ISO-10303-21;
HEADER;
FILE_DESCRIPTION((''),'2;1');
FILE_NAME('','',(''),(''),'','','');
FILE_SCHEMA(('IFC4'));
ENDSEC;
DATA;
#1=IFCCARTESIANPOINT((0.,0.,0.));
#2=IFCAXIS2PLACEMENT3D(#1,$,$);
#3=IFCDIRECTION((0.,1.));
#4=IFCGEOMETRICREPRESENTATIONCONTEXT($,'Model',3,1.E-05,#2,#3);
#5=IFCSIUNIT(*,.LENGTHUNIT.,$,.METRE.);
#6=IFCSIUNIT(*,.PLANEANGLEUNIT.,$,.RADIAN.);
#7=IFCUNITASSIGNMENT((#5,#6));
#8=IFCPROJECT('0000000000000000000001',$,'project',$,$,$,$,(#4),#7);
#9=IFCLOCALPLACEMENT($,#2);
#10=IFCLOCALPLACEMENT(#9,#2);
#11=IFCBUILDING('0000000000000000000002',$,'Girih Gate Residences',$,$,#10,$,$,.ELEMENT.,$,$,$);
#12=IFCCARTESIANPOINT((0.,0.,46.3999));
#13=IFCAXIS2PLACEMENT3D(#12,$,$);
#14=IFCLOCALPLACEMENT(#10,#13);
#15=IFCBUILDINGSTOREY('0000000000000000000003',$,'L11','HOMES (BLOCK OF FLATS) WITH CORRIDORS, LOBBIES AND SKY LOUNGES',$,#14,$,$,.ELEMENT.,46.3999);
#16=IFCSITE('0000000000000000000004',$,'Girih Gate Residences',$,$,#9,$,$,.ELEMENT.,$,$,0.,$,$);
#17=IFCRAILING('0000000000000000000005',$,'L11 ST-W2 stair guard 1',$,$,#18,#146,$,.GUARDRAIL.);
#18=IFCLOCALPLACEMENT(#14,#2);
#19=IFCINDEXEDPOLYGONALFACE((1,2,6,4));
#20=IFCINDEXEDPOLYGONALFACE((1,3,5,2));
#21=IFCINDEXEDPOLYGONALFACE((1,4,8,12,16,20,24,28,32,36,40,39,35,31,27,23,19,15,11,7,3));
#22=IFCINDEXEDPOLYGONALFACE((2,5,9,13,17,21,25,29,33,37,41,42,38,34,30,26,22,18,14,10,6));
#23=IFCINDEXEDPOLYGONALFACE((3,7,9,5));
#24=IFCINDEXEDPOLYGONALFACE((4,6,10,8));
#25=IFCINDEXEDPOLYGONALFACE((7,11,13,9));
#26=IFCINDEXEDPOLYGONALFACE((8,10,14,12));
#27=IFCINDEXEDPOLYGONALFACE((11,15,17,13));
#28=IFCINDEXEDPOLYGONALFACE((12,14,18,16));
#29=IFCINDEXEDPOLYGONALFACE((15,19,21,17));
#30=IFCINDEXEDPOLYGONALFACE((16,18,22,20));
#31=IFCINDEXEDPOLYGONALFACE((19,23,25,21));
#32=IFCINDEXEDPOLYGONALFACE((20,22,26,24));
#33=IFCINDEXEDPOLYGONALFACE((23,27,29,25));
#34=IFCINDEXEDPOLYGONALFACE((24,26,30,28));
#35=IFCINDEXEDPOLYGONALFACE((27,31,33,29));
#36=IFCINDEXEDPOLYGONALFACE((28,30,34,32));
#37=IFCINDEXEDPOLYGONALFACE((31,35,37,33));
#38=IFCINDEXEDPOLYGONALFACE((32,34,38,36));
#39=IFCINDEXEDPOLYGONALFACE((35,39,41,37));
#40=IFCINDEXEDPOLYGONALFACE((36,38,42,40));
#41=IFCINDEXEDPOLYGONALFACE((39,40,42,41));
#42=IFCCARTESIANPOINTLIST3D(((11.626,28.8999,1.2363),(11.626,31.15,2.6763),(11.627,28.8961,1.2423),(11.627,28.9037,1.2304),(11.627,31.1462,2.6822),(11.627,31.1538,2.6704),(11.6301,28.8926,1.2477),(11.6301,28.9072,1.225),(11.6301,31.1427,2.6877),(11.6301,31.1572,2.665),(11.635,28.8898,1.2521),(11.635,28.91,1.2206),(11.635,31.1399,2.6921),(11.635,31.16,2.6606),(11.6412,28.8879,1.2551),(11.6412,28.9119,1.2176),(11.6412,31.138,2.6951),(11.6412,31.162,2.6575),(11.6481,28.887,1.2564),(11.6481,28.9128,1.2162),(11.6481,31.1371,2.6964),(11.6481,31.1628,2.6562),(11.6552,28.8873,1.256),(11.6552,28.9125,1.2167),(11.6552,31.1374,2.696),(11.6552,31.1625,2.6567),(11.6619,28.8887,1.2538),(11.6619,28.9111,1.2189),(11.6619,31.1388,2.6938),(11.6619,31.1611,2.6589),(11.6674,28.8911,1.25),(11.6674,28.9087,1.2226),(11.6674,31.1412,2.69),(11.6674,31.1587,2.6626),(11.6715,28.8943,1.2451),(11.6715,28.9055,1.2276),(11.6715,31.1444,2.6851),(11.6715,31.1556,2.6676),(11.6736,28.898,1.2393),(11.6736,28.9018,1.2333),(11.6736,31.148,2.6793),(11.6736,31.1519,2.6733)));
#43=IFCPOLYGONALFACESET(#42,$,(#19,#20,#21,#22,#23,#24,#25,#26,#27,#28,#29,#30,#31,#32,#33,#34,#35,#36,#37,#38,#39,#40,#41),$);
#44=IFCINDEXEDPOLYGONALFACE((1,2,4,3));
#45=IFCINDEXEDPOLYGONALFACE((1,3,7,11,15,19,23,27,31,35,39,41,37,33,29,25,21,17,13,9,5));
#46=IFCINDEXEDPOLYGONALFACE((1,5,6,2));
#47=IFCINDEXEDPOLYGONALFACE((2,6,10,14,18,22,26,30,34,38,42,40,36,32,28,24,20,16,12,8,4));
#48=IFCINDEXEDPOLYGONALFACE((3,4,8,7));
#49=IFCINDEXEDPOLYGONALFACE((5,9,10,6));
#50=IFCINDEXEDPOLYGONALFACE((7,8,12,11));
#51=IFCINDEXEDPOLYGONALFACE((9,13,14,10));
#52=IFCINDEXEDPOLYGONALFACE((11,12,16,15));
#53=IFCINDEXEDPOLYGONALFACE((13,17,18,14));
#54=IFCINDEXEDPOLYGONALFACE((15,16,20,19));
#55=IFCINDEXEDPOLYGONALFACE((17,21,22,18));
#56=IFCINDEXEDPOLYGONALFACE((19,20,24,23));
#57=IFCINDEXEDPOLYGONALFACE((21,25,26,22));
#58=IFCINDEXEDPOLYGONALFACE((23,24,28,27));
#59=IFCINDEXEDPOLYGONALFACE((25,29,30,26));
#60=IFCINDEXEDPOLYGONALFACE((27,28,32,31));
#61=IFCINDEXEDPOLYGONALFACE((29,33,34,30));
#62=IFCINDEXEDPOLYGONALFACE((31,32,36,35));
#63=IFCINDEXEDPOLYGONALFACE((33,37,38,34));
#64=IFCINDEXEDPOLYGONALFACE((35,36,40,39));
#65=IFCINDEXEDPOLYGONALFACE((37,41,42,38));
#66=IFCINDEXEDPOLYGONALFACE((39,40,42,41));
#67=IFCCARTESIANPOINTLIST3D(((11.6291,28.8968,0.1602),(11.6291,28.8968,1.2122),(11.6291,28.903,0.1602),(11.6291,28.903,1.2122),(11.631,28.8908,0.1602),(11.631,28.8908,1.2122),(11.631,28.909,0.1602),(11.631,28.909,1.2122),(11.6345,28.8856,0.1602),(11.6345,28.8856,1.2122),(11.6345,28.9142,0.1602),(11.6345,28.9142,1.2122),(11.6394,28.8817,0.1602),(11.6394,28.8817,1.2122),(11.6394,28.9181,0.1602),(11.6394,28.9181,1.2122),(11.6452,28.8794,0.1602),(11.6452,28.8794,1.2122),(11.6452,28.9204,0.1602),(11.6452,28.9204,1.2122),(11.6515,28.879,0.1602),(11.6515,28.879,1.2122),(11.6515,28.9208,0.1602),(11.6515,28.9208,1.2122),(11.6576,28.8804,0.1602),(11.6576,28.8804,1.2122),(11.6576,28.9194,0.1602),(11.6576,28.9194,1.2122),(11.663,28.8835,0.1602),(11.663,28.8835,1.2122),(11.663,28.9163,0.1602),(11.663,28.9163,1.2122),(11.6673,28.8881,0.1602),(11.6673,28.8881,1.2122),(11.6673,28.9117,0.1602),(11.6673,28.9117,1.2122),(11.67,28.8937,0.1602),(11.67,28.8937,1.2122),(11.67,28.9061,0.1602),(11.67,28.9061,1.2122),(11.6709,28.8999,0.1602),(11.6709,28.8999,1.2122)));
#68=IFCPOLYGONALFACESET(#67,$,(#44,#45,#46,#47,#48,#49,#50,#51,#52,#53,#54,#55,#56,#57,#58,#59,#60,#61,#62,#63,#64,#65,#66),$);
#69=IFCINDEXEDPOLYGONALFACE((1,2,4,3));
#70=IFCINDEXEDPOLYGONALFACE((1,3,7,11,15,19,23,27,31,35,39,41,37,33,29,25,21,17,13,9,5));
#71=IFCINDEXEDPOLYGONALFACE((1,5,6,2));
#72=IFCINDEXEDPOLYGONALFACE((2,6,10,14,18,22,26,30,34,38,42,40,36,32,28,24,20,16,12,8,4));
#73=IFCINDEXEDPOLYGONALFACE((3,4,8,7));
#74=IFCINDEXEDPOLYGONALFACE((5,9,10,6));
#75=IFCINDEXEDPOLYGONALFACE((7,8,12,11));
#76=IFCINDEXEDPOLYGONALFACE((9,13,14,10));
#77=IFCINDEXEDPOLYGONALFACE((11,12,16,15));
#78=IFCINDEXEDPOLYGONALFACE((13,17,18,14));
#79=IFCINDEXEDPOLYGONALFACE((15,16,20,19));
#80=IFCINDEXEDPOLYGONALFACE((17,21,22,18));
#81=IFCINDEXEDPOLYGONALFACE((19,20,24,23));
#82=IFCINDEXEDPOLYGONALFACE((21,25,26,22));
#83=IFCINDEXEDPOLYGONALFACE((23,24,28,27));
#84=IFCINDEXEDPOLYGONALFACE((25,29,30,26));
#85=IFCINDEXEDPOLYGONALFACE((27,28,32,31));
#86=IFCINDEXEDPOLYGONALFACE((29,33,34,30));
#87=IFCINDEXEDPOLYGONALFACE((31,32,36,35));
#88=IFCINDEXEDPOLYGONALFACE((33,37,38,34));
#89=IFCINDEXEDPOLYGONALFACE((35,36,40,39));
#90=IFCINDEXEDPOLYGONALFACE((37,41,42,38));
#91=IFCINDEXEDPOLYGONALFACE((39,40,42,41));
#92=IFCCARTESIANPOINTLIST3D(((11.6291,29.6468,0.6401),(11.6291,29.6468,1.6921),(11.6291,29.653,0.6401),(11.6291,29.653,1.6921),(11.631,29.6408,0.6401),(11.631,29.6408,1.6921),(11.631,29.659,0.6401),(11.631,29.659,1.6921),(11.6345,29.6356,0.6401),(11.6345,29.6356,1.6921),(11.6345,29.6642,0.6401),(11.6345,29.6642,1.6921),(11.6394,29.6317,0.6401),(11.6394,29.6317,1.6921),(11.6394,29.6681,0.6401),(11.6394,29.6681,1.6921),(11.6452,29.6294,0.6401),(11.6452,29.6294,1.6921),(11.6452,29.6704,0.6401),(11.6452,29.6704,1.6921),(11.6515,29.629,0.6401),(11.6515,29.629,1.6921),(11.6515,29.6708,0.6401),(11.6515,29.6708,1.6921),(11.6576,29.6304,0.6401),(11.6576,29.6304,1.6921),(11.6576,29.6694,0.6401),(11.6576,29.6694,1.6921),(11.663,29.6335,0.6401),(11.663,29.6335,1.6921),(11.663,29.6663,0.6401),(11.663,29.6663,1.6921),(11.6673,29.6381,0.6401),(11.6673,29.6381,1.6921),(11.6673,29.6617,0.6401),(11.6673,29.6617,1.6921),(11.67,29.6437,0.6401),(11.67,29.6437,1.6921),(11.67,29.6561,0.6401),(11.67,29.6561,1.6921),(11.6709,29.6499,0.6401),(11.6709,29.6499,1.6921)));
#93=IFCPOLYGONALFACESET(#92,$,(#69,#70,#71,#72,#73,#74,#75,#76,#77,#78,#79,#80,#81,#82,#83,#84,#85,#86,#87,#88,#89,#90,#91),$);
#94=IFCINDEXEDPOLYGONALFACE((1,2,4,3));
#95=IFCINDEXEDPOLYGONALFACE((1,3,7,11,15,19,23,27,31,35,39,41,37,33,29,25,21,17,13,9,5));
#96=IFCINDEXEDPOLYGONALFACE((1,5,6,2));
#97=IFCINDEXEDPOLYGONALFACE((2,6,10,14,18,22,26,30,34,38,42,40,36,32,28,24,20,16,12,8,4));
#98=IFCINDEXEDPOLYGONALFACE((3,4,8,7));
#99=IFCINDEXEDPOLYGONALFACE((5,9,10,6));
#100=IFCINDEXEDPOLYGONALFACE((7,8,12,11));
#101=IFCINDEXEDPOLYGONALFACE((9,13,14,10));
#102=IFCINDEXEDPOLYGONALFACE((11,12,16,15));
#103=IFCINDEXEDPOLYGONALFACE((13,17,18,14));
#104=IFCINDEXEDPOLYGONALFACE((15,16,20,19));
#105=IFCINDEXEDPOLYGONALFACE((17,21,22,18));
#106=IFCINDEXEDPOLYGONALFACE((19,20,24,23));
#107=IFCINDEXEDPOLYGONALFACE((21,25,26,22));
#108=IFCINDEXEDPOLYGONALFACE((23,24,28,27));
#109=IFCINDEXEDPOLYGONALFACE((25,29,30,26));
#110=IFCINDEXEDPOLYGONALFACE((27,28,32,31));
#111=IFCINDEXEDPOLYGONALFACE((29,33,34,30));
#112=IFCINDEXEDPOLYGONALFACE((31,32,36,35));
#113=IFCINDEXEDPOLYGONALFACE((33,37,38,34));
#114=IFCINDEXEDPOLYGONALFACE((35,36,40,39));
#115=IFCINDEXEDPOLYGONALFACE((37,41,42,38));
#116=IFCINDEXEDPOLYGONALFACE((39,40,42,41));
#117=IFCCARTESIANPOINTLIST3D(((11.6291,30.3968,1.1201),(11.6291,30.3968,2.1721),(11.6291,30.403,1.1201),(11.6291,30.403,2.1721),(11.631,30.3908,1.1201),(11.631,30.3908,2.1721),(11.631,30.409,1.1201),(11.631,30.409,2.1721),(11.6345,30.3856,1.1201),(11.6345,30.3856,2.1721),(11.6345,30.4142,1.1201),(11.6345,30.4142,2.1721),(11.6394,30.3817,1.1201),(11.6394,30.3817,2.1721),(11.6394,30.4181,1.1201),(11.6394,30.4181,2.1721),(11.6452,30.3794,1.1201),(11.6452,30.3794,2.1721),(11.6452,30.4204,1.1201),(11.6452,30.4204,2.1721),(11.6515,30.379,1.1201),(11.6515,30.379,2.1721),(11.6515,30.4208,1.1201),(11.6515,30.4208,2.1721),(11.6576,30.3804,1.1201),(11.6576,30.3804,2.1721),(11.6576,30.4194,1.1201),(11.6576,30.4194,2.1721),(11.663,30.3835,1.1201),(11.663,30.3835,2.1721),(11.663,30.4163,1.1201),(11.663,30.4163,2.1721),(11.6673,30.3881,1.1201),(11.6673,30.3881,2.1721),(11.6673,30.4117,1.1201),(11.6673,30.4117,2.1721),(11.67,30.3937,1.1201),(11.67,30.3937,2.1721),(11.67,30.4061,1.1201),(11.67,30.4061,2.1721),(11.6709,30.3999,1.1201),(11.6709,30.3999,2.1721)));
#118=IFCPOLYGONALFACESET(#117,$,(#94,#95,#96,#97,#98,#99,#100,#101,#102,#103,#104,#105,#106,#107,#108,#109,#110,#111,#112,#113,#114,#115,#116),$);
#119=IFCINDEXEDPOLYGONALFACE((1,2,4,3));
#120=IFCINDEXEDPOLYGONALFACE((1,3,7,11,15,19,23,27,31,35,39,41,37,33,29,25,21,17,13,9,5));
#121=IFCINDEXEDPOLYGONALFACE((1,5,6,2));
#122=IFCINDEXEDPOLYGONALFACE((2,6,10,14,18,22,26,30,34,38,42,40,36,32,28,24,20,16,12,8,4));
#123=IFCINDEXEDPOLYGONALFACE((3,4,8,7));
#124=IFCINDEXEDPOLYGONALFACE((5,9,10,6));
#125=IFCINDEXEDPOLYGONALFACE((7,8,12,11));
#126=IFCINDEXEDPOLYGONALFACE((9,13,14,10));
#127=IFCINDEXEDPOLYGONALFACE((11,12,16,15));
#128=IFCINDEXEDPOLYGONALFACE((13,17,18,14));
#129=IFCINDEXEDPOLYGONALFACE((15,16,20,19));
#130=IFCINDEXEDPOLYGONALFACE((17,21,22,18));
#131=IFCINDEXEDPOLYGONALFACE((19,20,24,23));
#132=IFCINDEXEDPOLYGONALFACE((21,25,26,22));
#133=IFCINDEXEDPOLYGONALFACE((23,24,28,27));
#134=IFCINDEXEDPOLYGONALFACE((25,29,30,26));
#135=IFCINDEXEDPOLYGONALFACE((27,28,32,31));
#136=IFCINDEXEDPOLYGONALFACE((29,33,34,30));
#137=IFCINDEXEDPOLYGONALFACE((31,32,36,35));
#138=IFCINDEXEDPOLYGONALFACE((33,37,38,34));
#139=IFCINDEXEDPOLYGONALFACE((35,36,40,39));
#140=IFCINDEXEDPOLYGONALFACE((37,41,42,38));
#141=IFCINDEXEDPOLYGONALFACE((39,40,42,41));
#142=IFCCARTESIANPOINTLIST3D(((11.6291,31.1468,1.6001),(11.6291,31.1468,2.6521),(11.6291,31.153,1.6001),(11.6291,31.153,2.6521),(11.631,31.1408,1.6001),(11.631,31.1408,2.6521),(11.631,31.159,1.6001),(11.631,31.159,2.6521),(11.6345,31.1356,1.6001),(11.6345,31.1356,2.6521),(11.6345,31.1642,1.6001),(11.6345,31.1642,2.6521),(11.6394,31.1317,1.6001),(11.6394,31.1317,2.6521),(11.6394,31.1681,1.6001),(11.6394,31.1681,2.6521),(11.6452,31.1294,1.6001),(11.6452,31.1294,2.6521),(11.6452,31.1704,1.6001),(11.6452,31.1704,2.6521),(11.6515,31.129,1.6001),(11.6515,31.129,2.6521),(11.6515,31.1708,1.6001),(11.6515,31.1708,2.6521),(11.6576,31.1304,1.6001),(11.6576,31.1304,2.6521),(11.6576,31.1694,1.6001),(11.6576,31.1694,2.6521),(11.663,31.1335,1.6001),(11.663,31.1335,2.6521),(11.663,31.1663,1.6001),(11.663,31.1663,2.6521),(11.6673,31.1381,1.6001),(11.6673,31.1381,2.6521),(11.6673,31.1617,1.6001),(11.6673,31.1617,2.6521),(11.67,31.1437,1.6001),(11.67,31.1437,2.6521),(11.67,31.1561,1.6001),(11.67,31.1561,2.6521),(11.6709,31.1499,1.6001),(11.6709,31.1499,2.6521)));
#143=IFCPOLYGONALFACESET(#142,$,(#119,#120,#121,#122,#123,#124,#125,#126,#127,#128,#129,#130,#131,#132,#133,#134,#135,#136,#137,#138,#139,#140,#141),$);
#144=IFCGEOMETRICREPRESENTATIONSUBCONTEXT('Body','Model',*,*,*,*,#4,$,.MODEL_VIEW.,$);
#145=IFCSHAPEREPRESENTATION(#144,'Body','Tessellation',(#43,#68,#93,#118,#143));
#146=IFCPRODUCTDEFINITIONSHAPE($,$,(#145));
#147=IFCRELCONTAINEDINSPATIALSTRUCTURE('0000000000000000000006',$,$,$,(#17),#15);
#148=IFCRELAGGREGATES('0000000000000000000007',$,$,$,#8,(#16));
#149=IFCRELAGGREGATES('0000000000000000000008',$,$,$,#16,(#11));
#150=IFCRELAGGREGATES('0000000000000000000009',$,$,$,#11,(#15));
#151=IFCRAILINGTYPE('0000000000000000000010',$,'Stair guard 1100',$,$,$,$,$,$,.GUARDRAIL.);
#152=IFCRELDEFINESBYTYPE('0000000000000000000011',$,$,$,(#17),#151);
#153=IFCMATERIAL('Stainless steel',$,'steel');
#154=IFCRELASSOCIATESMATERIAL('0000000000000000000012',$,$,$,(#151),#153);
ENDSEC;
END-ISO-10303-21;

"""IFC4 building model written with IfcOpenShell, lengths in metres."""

from ifc_helpers import new_model, si_unit, direction, frame, origin, origin_2d, place, context, subcontext, project, spatial, circle, extrude, material, type_object, element, save


model = new_model("IFC4")

# Units and contexts
model_context = context("Model", 3, precision=1e-05, world=origin(), true_north=direction((0.0, 1.0)))
body_context = subcontext(model_context, "Body", "Model", "MODEL_VIEW")
ifc_project = project(units=[si_unit("LENGTHUNIT", "METRE"), si_unit("PLANEANGLEUNIT", "RADIAN")], contexts=[model_context])

# Site, building, storey
site_placement = place(None, origin())
site = spatial("IfcSite", under=ifc_project, at=site_placement, Name="Girih Gate Residences", CompositionType="ELEMENT", RefElevation=0.0)
building_placement = place(site_placement, origin())
building = spatial("IfcBuilding", under=site, at=building_placement, Name="Girih Gate Residences", CompositionType="ELEMENT")
storey_placement = place(building_placement, frame((0.0, 0.0, 46.3999)))
storey = spatial("IfcBuildingStorey", under=building, at=storey_placement, Name="L11", Description="HOMES (BLOCK OF FLATS) WITH CORRIDORS, LOBBIES AND SKY LOUNGES", CompositionType="ELEMENT", Elevation=46.3999)

# Railing
ifc_material_1 = material(Name="Stainless steel", Category="steel")
railing_type_1 = type_object("IfcRailingType", Name="Stair guard 1100", PredefinedType="GUARDRAIL", material=ifc_material_1)
railing_1_placement = place(storey_placement, frame((11.6499, 28.8999, 0.1602)))
element("IfcRailing", 1, at=railing_1_placement, inside=storey, type_object=railing_type_1, Name="L11 ST-W2 stair guard 1", PredefinedType="GUARDRAIL", context=body_context, shape_type="SweptSolid", body=[
    extrude(circle(Radius=0.0239, at=origin_2d()), frame((0.0, 0.0, 1.0762), z_axis=(0.0, 0.842281, 0.539038), x_axis=(-1.0, 0.0, 0.0)), (0.0, 0.0, 1.0), 2.6714),
    extrude(circle(Radius=0.021, at=origin_2d()), origin(), (0.0, 0.0, 1.0), 1.052),
    extrude(circle(Radius=0.021, at=origin_2d()), frame((0.0, 0.75, 0.48)), (0.0, 0.0, 1.0), 1.052),
    extrude(circle(Radius=0.021, at=origin_2d()), frame((0.0, 1.5, 0.96)), (0.0, 0.0, 1.0), 1.052),
    extrude(circle(Radius=0.021, at=origin_2d()), frame((0.0, 2.25, 1.4399)), (0.0, 0.0, 1.0), 1.052),
])

save(model, "model.ifc")
